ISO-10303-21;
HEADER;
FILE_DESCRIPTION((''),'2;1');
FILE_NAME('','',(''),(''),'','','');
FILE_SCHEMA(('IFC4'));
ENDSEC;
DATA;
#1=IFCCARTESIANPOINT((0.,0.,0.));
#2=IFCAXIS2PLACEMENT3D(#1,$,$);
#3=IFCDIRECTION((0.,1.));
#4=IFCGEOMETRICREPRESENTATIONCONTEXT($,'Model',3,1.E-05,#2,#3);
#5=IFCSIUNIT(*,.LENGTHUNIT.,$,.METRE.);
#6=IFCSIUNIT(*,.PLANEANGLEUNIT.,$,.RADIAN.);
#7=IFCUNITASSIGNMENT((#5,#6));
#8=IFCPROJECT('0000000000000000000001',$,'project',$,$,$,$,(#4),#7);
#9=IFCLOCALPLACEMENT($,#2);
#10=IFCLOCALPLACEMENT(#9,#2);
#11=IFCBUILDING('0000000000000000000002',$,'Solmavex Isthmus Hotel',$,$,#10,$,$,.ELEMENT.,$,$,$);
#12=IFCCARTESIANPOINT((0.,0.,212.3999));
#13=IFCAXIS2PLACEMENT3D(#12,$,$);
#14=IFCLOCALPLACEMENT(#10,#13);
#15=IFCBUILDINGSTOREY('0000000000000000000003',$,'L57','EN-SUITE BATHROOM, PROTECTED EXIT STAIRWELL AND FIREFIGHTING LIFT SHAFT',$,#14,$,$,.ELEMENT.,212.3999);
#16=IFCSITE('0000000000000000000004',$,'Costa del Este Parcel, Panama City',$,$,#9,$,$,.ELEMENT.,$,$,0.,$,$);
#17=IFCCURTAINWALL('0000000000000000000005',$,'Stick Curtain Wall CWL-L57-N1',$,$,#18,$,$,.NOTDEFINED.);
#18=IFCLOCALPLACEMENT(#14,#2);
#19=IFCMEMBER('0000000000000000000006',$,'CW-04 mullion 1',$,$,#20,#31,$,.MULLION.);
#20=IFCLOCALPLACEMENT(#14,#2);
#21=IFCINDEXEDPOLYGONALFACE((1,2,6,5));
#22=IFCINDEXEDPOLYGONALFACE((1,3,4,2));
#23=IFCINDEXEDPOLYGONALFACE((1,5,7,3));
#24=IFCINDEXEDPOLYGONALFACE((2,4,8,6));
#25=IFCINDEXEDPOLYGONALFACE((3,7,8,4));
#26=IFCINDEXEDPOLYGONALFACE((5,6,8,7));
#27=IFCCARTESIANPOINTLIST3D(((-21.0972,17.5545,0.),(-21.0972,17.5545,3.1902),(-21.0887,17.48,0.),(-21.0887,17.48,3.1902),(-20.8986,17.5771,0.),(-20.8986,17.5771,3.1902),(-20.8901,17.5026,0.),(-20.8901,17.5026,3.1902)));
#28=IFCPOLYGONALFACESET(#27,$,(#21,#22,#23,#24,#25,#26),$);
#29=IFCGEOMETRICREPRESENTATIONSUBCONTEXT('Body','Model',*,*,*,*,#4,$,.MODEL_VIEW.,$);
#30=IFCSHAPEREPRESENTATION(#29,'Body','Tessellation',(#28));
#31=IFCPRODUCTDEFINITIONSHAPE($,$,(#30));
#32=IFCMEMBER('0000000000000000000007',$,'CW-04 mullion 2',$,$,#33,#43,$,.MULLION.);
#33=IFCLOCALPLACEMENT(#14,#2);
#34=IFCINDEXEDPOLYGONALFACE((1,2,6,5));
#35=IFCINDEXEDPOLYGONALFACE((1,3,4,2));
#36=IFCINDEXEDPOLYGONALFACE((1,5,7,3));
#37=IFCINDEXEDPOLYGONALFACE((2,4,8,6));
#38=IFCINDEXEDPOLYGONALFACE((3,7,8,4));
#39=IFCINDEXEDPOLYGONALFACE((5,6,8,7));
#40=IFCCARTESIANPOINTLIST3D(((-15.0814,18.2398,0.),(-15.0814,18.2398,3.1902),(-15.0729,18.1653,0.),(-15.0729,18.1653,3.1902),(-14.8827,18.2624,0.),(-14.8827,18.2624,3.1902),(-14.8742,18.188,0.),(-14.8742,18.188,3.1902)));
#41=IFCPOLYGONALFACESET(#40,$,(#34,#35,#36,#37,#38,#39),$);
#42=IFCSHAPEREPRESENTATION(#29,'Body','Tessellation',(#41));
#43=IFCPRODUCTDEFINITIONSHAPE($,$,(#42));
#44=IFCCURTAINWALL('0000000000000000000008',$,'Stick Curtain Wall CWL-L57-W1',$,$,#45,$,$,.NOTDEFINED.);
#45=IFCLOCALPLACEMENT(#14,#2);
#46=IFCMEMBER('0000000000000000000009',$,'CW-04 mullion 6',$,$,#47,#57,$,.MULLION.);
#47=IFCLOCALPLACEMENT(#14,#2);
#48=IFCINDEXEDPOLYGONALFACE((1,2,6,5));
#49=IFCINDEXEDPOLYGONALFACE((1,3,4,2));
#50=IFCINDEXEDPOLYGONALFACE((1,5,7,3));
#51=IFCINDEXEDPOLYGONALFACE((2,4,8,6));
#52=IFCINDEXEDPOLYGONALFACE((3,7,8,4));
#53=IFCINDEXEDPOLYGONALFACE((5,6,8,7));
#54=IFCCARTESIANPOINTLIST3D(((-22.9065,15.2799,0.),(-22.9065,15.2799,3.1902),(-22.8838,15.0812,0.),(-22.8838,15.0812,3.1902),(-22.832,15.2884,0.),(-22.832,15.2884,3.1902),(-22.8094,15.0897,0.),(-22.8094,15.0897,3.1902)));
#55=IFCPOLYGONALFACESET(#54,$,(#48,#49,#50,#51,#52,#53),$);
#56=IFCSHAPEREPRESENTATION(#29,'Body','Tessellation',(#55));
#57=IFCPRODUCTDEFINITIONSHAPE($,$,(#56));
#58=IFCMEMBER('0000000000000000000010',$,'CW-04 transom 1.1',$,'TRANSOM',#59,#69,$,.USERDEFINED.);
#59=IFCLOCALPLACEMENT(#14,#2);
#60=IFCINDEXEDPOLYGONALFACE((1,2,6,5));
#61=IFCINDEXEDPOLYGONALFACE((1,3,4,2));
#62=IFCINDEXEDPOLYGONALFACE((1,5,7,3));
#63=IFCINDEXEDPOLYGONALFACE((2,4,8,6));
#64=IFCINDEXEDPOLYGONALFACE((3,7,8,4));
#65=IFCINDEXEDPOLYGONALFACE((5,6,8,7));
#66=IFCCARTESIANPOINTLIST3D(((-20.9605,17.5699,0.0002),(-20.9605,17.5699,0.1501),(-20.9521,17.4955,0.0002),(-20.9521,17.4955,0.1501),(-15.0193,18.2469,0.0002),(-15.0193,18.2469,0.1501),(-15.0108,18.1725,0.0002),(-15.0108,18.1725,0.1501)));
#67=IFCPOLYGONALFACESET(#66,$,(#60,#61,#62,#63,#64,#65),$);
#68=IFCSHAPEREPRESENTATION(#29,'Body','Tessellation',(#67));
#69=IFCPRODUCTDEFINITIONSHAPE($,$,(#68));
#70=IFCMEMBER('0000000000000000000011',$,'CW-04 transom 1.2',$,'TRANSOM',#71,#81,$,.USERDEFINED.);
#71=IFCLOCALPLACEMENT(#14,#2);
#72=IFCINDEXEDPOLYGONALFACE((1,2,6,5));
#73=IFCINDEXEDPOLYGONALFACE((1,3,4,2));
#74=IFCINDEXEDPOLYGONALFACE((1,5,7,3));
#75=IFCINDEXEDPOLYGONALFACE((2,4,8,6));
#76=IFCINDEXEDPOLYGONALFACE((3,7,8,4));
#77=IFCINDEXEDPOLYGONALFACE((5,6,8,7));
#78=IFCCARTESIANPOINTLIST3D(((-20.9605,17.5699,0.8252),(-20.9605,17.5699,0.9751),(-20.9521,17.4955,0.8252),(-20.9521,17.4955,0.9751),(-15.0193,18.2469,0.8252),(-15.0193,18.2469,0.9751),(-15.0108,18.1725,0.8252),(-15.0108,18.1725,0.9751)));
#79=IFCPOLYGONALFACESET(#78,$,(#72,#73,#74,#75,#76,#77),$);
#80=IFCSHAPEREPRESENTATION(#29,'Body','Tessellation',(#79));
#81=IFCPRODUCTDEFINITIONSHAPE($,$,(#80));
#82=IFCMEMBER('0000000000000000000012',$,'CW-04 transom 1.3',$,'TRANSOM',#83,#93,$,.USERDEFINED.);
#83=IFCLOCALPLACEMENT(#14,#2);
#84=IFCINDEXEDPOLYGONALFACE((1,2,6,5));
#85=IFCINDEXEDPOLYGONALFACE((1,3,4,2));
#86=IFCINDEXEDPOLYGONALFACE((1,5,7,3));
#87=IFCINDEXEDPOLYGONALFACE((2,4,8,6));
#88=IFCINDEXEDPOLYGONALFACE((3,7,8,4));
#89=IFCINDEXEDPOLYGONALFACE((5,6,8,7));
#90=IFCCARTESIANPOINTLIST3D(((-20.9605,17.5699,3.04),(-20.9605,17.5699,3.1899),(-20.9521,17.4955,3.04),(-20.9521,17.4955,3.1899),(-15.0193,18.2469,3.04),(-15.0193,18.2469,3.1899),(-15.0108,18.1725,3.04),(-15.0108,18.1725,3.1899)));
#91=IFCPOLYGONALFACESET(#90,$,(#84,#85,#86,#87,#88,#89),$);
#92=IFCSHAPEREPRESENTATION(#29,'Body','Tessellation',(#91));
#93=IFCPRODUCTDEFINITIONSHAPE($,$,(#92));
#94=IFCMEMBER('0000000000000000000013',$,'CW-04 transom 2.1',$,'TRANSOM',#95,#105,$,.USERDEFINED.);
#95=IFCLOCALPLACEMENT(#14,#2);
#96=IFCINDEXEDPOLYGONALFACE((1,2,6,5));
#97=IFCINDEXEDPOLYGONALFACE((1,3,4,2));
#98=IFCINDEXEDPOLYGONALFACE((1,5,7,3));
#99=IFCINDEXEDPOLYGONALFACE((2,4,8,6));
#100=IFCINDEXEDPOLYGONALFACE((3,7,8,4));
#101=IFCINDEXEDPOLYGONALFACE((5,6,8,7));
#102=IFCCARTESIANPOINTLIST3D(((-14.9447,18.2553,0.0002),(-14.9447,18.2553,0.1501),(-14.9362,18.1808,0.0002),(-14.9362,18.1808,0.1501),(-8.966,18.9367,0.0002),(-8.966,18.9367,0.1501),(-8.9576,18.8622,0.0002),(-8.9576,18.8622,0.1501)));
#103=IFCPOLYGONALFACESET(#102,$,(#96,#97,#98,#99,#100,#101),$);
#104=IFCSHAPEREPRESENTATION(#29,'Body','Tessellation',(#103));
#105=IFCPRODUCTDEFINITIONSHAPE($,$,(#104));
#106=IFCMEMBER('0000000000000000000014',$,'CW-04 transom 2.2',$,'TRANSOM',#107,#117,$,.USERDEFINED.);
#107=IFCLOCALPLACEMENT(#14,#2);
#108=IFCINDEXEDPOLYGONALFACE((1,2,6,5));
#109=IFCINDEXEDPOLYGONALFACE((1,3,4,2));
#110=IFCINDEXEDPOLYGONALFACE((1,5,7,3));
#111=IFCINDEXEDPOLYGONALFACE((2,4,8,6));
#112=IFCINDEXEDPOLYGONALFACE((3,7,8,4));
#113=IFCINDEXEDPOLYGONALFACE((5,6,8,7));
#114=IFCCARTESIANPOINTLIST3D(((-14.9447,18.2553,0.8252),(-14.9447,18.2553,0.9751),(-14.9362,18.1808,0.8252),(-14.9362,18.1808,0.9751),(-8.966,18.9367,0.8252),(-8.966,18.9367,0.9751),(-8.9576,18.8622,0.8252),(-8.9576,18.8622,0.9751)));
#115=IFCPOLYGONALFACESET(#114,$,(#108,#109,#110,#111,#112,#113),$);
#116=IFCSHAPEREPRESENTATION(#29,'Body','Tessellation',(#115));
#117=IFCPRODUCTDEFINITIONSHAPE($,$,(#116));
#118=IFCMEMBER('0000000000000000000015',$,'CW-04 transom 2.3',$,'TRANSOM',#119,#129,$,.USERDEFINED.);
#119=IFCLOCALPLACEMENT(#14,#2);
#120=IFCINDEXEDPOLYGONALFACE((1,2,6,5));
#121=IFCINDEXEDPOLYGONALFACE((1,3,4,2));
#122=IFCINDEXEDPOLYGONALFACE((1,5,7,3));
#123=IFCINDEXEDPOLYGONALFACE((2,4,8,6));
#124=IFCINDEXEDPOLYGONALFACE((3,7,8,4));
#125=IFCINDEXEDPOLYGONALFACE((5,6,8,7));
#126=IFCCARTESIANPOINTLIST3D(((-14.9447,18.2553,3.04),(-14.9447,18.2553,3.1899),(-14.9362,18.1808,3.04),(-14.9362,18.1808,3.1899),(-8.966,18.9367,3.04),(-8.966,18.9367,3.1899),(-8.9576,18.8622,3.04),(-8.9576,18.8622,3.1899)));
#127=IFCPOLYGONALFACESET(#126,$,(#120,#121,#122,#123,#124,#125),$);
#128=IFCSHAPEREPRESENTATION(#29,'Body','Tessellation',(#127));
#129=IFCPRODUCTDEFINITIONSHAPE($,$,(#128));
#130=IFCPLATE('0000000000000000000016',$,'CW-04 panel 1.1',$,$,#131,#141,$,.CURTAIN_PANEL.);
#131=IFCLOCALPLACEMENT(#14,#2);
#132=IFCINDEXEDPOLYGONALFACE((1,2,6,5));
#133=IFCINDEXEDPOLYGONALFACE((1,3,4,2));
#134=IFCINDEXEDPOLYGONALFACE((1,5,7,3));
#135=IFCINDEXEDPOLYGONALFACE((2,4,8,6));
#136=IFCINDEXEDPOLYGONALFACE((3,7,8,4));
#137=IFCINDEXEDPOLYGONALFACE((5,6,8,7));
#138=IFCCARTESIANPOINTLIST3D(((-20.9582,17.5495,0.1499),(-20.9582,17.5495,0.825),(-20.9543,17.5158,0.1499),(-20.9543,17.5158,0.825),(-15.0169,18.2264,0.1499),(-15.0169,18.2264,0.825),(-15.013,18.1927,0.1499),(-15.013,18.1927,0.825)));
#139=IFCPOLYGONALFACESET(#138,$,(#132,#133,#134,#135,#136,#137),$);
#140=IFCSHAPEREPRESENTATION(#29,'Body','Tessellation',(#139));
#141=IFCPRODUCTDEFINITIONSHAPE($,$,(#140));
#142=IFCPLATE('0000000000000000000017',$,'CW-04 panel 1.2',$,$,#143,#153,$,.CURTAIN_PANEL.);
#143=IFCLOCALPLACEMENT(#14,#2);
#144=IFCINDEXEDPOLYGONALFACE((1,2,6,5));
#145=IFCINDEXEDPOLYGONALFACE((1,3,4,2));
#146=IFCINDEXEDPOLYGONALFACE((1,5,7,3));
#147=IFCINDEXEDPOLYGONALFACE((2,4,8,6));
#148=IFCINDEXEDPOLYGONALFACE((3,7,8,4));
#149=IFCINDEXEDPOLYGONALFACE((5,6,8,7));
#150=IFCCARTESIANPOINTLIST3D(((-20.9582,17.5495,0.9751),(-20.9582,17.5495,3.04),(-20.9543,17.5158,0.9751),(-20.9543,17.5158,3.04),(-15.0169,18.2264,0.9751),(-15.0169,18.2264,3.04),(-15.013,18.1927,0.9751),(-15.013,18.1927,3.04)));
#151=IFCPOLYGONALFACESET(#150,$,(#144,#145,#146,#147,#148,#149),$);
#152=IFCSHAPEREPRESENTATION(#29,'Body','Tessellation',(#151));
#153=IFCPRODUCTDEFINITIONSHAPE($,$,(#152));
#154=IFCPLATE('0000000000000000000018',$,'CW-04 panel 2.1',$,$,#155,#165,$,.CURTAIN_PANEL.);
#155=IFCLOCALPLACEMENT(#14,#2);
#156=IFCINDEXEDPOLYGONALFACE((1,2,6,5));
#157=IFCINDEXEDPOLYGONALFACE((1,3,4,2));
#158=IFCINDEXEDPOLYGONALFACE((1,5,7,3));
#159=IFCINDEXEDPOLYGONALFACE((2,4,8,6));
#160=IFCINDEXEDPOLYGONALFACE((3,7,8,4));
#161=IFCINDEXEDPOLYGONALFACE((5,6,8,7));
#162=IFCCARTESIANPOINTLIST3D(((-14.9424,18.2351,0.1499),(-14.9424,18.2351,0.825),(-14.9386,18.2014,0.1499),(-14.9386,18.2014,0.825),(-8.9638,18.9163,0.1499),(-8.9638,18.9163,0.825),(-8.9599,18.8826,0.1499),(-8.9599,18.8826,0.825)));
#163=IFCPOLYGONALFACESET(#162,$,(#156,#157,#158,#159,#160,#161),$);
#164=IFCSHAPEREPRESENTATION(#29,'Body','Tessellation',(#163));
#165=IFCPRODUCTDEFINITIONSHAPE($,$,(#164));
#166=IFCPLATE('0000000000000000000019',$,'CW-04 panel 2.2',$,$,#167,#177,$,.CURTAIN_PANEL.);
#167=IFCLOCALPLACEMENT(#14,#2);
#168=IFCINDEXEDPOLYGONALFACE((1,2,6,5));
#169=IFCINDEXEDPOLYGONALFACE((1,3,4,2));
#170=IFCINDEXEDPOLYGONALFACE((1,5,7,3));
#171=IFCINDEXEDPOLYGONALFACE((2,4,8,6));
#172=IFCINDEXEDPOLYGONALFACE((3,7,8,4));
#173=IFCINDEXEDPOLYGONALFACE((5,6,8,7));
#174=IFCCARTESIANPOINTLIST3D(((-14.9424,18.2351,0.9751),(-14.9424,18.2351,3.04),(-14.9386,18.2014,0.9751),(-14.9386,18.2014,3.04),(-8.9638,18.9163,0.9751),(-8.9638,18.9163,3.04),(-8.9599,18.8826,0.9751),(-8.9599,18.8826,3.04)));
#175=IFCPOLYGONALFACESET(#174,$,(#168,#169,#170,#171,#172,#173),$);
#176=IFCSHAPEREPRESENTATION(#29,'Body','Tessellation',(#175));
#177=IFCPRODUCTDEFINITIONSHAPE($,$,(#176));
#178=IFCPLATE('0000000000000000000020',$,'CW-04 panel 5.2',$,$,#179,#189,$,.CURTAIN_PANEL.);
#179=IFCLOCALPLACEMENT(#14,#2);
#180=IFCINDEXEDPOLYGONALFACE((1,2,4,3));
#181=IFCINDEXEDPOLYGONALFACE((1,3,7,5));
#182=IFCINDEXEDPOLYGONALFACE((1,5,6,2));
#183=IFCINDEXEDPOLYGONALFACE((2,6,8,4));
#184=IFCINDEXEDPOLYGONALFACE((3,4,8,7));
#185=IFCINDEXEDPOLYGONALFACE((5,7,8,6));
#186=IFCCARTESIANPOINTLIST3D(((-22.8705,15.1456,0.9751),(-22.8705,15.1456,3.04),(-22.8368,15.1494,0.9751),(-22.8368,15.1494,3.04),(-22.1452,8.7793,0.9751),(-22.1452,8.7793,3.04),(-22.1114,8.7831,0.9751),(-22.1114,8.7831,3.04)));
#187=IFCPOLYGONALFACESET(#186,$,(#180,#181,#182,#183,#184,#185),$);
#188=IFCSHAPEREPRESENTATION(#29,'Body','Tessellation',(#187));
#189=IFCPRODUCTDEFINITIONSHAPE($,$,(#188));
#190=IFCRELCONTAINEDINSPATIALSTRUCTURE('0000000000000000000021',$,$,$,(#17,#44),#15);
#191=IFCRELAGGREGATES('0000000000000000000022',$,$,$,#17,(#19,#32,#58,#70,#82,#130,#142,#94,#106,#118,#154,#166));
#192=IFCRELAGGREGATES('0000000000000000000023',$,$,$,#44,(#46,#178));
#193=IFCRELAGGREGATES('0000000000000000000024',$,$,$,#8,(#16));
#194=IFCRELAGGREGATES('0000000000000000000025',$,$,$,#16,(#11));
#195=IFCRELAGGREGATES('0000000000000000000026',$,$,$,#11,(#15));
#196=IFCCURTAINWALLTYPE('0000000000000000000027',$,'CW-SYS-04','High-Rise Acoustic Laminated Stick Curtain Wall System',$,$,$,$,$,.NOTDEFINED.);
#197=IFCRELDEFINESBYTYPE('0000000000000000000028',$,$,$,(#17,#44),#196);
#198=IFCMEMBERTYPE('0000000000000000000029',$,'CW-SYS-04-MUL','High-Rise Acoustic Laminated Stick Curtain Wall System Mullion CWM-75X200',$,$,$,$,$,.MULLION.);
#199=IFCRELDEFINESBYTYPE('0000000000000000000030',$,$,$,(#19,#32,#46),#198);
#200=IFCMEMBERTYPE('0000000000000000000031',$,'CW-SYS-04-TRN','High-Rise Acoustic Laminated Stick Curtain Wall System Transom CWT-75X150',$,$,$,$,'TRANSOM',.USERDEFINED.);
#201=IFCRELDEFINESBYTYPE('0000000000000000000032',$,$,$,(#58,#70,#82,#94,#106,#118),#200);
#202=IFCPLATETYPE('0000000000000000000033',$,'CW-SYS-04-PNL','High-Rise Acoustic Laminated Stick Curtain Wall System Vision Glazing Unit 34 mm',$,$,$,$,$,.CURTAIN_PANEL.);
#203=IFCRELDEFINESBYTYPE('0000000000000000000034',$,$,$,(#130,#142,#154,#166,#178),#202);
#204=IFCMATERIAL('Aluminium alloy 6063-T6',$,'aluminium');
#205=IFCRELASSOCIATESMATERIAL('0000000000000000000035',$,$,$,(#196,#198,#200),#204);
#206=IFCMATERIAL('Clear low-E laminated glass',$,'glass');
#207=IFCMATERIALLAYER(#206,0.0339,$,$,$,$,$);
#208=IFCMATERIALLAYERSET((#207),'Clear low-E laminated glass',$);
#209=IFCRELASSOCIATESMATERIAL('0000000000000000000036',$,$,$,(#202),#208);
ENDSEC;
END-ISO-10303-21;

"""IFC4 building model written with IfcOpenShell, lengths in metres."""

from ifc_helpers import new_model, si_unit, direction, frame, origin, origin_2d, place, context, subcontext, project, spatial, rectangle, extrude, material, layer, layer_set, material_profile, profile_set, type_object, element, aggregate, save


model = new_model("IFC4")

# Units and contexts
model_context = context("Model", 3, precision=1e-05, world=origin(), true_north=direction((0.0, 1.0)))
body_context = subcontext(model_context, "Body", "Model", "MODEL_VIEW")
ifc_project = project(units=[si_unit("LENGTHUNIT", "METRE"), si_unit("PLANEANGLEUNIT", "RADIAN")], contexts=[model_context])

# Site, building, storey
site_placement = place(None, origin())
site = spatial("IfcSite", under=ifc_project, at=site_placement, Name="Costa del Este Parcel, Panama City", CompositionType="ELEMENT", RefElevation=0.0)
building_placement = place(site_placement, origin())
building = spatial("IfcBuilding", under=site, at=building_placement, Name="Solmavex Isthmus Hotel", CompositionType="ELEMENT")
storey_placement = place(building_placement, frame((0.0, 0.0, 212.3999)))
storey = spatial("IfcBuildingStorey", under=building, at=storey_placement, Name="L57", Description="EN-SUITE BATHROOM, PROTECTED EXIT STAIRWELL AND FIREFIGHTING LIFT SHAFT", CompositionType="ELEMENT", Elevation=212.3999)

# Curtain wall, members
ifc_material_1 = material(Name="Aluminium alloy 6063-T6", Category="aluminium")
curtain_wall_type = type_object("IfcCurtainWallType", Name="CW-SYS-04", Description="High-Rise Acoustic Laminated Stick Curtain Wall System", PredefinedType="NOTDEFINED", material=ifc_material_1)
curtain_wall_1_placement = place(storey_placement, origin())
curtain_wall_1 = element("IfcCurtainWall", 1, at=curtain_wall_1_placement, inside=storey, type_object=curtain_wall_type, Name="Stick Curtain Wall CWL-L57-N1", PredefinedType="NOTDEFINED")
ifc_material_profile_1 = material_profile(ifc_material_1, rectangle(XDim=0.075, YDim=0.2, at=origin_2d()), Name="CWM-75X200")
ifc_profile_set_1 = profile_set([ifc_material_profile_1], Name="Aluminium alloy 6063-T6")
member_type_1 = type_object("IfcMemberType", Name="CW-SYS-04-MUL", Description="High-Rise Acoustic Laminated Stick Curtain Wall System Mullion CWM-75X200", PredefinedType="MULLION", material=ifc_profile_set_1)
member_1_placement = place(storey_placement, frame((-20.9937, 17.5286, 0.0), z_axis=(0.0, 0.0, 1.0), x_axis=(-0.113203, 0.993572, 0.0)))
member_1 = element("IfcMember", 2, at=member_1_placement, type_object=member_type_1, Name="CW-04 mullion 1", PredefinedType="MULLION", context=body_context, shape_type="SweptSolid", body=[
    extrude(rectangle(XDim=0.075, YDim=0.2, at=origin_2d()), origin(), (0.0, 0.0, 1.0), 3.1902),
])
member_2_placement = place(storey_placement, frame((-14.9778, 18.2139, 0.0), z_axis=(0.0, 0.0, 1.0), x_axis=(-0.113203, 0.993572, 0.0)))
member_2 = element("IfcMember", 3, at=member_2_placement, type_object=member_type_1, Name="CW-04 mullion 2", PredefinedType="MULLION", context=body_context, shape_type="SweptSolid", body=[
    extrude(rectangle(XDim=0.075, YDim=0.2, at=origin_2d()), origin(), (0.0, 0.0, 1.0), 3.1902),
])

# Curtain wall, member
curtain_wall_2_placement = place(storey_placement, origin())
curtain_wall_2 = element("IfcCurtainWall", 4, at=curtain_wall_2_placement, inside=storey, type_object=curtain_wall_type, Name="Stick Curtain Wall CWL-L57-W1", PredefinedType="NOTDEFINED")
member_3_placement = place(storey_placement, frame((-22.8579, 15.1848, 0.0), z_axis=(0.0, 0.0, 1.0), x_axis=(-0.993572, -0.113203, 0.0)))
member_3 = element("IfcMember", 5, at=member_3_placement, type_object=member_type_1, Name="CW-04 mullion 6", PredefinedType="MULLION", context=body_context, shape_type="SweptSolid", body=[
    extrude(rectangle(XDim=0.075, YDim=0.2, at=origin_2d()), origin(), (0.0, 0.0, 1.0), 3.1902),
])

# Members
ifc_material_profile_2 = material_profile(ifc_material_1, rectangle(XDim=0.075, YDim=0.1499, at=origin_2d()), Name="CWT-75X150")
ifc_profile_set_2 = profile_set([ifc_material_profile_2], Name="Aluminium alloy 6063-T6")
member_type_2 = type_object("IfcMemberType", Name="CW-SYS-04-TRN", Description="High-Rise Acoustic Laminated Stick Curtain Wall System Transom CWT-75X150", ElementType="TRANSOM", PredefinedType="USERDEFINED", material=ifc_profile_set_2)
member_4_placement = place(storey_placement, frame((-20.9563, 17.5327, 0.0752), z_axis=(0.993571, 0.113214, 0.0), x_axis=(-0.113214, 0.993571, 0.0)))
member_4 = element("IfcMember", 6, at=member_4_placement, type_object=member_type_2, Name="CW-04 transom 1.1", ObjectType="TRANSOM", PredefinedType="USERDEFINED", context=body_context, shape_type="SweptSolid", body=[
    extrude(rectangle(XDim=0.075, YDim=0.1499, at=origin_2d()), origin(), (0.0, 0.0, 1.0), 5.9797),
])
member_5_placement = place(storey_placement, frame((-20.9563, 17.5327, 0.9001), z_axis=(0.993571, 0.113214, 0.0), x_axis=(-0.113214, 0.993571, 0.0)))
member_5 = element("IfcMember", 7, at=member_5_placement, type_object=member_type_2, Name="CW-04 transom 1.2", ObjectType="TRANSOM", PredefinedType="USERDEFINED", context=body_context, shape_type="SweptSolid", body=[
    extrude(rectangle(XDim=0.075, YDim=0.1499, at=origin_2d()), origin(), (0.0, 0.0, 1.0), 5.9797),
])
member_6_placement = place(storey_placement, frame((-20.9563, 17.5327, 3.115), z_axis=(0.993571, 0.113214, 0.0), x_axis=(-0.113214, 0.993571, 0.0)))
member_6 = element("IfcMember", 8, at=member_6_placement, type_object=member_type_2, Name="CW-04 transom 1.3", ObjectType="TRANSOM", PredefinedType="USERDEFINED", context=body_context, shape_type="SweptSolid", body=[
    extrude(rectangle(XDim=0.075, YDim=0.1499, at=origin_2d()), origin(), (0.0, 0.0, 1.0), 5.9797),
])
member_7_placement = place(storey_placement, frame((-14.9404, 18.218, 0.0752), z_axis=(0.993568, 0.113241, 0.0), x_axis=(-0.113241, 0.993568, 0.0)))
member_7 = element("IfcMember", 9, at=member_7_placement, type_object=member_type_2, Name="CW-04 transom 2.1", ObjectType="TRANSOM", PredefinedType="USERDEFINED", context=body_context, shape_type="SweptSolid", body=[
    extrude(rectangle(XDim=0.075, YDim=0.1499, at=origin_2d()), origin(), (0.0, 0.0, 1.0), 6.0173),
])
member_8_placement = place(storey_placement, frame((-14.9404, 18.218, 0.9001), z_axis=(0.993568, 0.113241, 0.0), x_axis=(-0.113241, 0.993568, 0.0)))
member_8 = element("IfcMember", 10, at=member_8_placement, type_object=member_type_2, Name="CW-04 transom 2.2", ObjectType="TRANSOM", PredefinedType="USERDEFINED", context=body_context, shape_type="SweptSolid", body=[
    extrude(rectangle(XDim=0.075, YDim=0.1499, at=origin_2d()), origin(), (0.0, 0.0, 1.0), 6.0173),
])
member_9_placement = place(storey_placement, frame((-14.9404, 18.218, 3.115), z_axis=(0.993568, 0.113241, 0.0), x_axis=(-0.113241, 0.993568, 0.0)))
member_9 = element("IfcMember", 11, at=member_9_placement, type_object=member_type_2, Name="CW-04 transom 2.3", ObjectType="TRANSOM", PredefinedType="USERDEFINED", context=body_context, shape_type="SweptSolid", body=[
    extrude(rectangle(XDim=0.075, YDim=0.1499, at=origin_2d()), origin(), (0.0, 0.0, 1.0), 6.0173),
])

# Plates
ifc_material_2 = material(Name="Clear low-E laminated glass", Category="glass")
ifc_layer_1 = layer(ifc_material_2, 0.0339)
ifc_layer_set_1 = layer_set([ifc_layer_1], Name="Clear low-E laminated glass")
plate_type = type_object("IfcPlateType", Name="CW-SYS-04-PNL", Description="High-Rise Acoustic Laminated Stick Curtain Wall System Vision Glazing Unit 34 mm", PredefinedType="CURTAIN_PANEL", material=ifc_layer_set_1)
plate_1_placement = place(storey_placement, frame((-17.9856, 17.8711, 0.1499), z_axis=(0.0, 0.0, 1.0), x_axis=(0.993572, 0.113203, 0.0)))
plate_1 = element("IfcPlate", 12, at=plate_1_placement, type_object=plate_type, Name="CW-04 panel 1.1", PredefinedType="CURTAIN_PANEL", context=body_context, shape_type="SweptSolid", body=[
    extrude(rectangle(XDim=5.9797, YDim=0.0339, at=origin_2d()), origin(), (0.0, 0.0, 1.0), 0.675),
])
plate_2_placement = place(storey_placement, frame((-17.9856, 17.8711, 0.9751), z_axis=(0.0, 0.0, 1.0), x_axis=(0.993572, 0.113203, 0.0)))
plate_2 = element("IfcPlate", 13, at=plate_2_placement, type_object=plate_type, Name="CW-04 panel 1.2", PredefinedType="CURTAIN_PANEL", context=body_context, shape_type="SweptSolid", body=[
    extrude(rectangle(XDim=5.9797, YDim=0.0339, at=origin_2d()), origin(), (0.0, 0.0, 1.0), 2.0649),
])
plate_3_placement = place(storey_placement, frame((-11.9512, 18.5588, 0.1499), z_axis=(0.0, 0.0, 1.0), x_axis=(0.993572, 0.113203, 0.0)))
plate_3 = element("IfcPlate", 14, at=plate_3_placement, type_object=plate_type, Name="CW-04 panel 2.1", PredefinedType="CURTAIN_PANEL", context=body_context, shape_type="SweptSolid", body=[
    extrude(rectangle(XDim=6.0173, YDim=0.0339, at=origin_2d()), origin(), (0.0, 0.0, 1.0), 0.675),
])
plate_4_placement = place(storey_placement, frame((-11.9512, 18.5588, 0.9751), z_axis=(0.0, 0.0, 1.0), x_axis=(0.993572, 0.113203, 0.0)))
plate_4 = element("IfcPlate", 15, at=plate_4_placement, type_object=plate_type, Name="CW-04 panel 2.2", PredefinedType="CURTAIN_PANEL", context=body_context, shape_type="SweptSolid", body=[
    extrude(rectangle(XDim=6.0173, YDim=0.0339, at=origin_2d()), origin(), (0.0, 0.0, 1.0), 2.0649),
])
aggregate(curtain_wall_1, [member_1, member_2, member_4, member_5, member_6, plate_1, plate_2, member_7, member_8, member_9, plate_3, plate_4])
plate_5_placement = place(storey_placement, frame((-22.491, 11.9644, 0.9751), z_axis=(0.0, 0.0, 1.0), x_axis=(-0.113203, 0.993572, 0.0)))
plate_5 = element("IfcPlate", 16, at=plate_5_placement, type_object=plate_type, Name="CW-04 panel 5.2", PredefinedType="CURTAIN_PANEL", context=body_context, shape_type="SweptSolid", body=[
    extrude(rectangle(XDim=6.4075, YDim=0.0339, at=origin_2d()), origin(), (0.0, 0.0, 1.0), 2.0649),
])
aggregate(curtain_wall_2, [member_3, plate_5])

save(model, "model.ifc")
